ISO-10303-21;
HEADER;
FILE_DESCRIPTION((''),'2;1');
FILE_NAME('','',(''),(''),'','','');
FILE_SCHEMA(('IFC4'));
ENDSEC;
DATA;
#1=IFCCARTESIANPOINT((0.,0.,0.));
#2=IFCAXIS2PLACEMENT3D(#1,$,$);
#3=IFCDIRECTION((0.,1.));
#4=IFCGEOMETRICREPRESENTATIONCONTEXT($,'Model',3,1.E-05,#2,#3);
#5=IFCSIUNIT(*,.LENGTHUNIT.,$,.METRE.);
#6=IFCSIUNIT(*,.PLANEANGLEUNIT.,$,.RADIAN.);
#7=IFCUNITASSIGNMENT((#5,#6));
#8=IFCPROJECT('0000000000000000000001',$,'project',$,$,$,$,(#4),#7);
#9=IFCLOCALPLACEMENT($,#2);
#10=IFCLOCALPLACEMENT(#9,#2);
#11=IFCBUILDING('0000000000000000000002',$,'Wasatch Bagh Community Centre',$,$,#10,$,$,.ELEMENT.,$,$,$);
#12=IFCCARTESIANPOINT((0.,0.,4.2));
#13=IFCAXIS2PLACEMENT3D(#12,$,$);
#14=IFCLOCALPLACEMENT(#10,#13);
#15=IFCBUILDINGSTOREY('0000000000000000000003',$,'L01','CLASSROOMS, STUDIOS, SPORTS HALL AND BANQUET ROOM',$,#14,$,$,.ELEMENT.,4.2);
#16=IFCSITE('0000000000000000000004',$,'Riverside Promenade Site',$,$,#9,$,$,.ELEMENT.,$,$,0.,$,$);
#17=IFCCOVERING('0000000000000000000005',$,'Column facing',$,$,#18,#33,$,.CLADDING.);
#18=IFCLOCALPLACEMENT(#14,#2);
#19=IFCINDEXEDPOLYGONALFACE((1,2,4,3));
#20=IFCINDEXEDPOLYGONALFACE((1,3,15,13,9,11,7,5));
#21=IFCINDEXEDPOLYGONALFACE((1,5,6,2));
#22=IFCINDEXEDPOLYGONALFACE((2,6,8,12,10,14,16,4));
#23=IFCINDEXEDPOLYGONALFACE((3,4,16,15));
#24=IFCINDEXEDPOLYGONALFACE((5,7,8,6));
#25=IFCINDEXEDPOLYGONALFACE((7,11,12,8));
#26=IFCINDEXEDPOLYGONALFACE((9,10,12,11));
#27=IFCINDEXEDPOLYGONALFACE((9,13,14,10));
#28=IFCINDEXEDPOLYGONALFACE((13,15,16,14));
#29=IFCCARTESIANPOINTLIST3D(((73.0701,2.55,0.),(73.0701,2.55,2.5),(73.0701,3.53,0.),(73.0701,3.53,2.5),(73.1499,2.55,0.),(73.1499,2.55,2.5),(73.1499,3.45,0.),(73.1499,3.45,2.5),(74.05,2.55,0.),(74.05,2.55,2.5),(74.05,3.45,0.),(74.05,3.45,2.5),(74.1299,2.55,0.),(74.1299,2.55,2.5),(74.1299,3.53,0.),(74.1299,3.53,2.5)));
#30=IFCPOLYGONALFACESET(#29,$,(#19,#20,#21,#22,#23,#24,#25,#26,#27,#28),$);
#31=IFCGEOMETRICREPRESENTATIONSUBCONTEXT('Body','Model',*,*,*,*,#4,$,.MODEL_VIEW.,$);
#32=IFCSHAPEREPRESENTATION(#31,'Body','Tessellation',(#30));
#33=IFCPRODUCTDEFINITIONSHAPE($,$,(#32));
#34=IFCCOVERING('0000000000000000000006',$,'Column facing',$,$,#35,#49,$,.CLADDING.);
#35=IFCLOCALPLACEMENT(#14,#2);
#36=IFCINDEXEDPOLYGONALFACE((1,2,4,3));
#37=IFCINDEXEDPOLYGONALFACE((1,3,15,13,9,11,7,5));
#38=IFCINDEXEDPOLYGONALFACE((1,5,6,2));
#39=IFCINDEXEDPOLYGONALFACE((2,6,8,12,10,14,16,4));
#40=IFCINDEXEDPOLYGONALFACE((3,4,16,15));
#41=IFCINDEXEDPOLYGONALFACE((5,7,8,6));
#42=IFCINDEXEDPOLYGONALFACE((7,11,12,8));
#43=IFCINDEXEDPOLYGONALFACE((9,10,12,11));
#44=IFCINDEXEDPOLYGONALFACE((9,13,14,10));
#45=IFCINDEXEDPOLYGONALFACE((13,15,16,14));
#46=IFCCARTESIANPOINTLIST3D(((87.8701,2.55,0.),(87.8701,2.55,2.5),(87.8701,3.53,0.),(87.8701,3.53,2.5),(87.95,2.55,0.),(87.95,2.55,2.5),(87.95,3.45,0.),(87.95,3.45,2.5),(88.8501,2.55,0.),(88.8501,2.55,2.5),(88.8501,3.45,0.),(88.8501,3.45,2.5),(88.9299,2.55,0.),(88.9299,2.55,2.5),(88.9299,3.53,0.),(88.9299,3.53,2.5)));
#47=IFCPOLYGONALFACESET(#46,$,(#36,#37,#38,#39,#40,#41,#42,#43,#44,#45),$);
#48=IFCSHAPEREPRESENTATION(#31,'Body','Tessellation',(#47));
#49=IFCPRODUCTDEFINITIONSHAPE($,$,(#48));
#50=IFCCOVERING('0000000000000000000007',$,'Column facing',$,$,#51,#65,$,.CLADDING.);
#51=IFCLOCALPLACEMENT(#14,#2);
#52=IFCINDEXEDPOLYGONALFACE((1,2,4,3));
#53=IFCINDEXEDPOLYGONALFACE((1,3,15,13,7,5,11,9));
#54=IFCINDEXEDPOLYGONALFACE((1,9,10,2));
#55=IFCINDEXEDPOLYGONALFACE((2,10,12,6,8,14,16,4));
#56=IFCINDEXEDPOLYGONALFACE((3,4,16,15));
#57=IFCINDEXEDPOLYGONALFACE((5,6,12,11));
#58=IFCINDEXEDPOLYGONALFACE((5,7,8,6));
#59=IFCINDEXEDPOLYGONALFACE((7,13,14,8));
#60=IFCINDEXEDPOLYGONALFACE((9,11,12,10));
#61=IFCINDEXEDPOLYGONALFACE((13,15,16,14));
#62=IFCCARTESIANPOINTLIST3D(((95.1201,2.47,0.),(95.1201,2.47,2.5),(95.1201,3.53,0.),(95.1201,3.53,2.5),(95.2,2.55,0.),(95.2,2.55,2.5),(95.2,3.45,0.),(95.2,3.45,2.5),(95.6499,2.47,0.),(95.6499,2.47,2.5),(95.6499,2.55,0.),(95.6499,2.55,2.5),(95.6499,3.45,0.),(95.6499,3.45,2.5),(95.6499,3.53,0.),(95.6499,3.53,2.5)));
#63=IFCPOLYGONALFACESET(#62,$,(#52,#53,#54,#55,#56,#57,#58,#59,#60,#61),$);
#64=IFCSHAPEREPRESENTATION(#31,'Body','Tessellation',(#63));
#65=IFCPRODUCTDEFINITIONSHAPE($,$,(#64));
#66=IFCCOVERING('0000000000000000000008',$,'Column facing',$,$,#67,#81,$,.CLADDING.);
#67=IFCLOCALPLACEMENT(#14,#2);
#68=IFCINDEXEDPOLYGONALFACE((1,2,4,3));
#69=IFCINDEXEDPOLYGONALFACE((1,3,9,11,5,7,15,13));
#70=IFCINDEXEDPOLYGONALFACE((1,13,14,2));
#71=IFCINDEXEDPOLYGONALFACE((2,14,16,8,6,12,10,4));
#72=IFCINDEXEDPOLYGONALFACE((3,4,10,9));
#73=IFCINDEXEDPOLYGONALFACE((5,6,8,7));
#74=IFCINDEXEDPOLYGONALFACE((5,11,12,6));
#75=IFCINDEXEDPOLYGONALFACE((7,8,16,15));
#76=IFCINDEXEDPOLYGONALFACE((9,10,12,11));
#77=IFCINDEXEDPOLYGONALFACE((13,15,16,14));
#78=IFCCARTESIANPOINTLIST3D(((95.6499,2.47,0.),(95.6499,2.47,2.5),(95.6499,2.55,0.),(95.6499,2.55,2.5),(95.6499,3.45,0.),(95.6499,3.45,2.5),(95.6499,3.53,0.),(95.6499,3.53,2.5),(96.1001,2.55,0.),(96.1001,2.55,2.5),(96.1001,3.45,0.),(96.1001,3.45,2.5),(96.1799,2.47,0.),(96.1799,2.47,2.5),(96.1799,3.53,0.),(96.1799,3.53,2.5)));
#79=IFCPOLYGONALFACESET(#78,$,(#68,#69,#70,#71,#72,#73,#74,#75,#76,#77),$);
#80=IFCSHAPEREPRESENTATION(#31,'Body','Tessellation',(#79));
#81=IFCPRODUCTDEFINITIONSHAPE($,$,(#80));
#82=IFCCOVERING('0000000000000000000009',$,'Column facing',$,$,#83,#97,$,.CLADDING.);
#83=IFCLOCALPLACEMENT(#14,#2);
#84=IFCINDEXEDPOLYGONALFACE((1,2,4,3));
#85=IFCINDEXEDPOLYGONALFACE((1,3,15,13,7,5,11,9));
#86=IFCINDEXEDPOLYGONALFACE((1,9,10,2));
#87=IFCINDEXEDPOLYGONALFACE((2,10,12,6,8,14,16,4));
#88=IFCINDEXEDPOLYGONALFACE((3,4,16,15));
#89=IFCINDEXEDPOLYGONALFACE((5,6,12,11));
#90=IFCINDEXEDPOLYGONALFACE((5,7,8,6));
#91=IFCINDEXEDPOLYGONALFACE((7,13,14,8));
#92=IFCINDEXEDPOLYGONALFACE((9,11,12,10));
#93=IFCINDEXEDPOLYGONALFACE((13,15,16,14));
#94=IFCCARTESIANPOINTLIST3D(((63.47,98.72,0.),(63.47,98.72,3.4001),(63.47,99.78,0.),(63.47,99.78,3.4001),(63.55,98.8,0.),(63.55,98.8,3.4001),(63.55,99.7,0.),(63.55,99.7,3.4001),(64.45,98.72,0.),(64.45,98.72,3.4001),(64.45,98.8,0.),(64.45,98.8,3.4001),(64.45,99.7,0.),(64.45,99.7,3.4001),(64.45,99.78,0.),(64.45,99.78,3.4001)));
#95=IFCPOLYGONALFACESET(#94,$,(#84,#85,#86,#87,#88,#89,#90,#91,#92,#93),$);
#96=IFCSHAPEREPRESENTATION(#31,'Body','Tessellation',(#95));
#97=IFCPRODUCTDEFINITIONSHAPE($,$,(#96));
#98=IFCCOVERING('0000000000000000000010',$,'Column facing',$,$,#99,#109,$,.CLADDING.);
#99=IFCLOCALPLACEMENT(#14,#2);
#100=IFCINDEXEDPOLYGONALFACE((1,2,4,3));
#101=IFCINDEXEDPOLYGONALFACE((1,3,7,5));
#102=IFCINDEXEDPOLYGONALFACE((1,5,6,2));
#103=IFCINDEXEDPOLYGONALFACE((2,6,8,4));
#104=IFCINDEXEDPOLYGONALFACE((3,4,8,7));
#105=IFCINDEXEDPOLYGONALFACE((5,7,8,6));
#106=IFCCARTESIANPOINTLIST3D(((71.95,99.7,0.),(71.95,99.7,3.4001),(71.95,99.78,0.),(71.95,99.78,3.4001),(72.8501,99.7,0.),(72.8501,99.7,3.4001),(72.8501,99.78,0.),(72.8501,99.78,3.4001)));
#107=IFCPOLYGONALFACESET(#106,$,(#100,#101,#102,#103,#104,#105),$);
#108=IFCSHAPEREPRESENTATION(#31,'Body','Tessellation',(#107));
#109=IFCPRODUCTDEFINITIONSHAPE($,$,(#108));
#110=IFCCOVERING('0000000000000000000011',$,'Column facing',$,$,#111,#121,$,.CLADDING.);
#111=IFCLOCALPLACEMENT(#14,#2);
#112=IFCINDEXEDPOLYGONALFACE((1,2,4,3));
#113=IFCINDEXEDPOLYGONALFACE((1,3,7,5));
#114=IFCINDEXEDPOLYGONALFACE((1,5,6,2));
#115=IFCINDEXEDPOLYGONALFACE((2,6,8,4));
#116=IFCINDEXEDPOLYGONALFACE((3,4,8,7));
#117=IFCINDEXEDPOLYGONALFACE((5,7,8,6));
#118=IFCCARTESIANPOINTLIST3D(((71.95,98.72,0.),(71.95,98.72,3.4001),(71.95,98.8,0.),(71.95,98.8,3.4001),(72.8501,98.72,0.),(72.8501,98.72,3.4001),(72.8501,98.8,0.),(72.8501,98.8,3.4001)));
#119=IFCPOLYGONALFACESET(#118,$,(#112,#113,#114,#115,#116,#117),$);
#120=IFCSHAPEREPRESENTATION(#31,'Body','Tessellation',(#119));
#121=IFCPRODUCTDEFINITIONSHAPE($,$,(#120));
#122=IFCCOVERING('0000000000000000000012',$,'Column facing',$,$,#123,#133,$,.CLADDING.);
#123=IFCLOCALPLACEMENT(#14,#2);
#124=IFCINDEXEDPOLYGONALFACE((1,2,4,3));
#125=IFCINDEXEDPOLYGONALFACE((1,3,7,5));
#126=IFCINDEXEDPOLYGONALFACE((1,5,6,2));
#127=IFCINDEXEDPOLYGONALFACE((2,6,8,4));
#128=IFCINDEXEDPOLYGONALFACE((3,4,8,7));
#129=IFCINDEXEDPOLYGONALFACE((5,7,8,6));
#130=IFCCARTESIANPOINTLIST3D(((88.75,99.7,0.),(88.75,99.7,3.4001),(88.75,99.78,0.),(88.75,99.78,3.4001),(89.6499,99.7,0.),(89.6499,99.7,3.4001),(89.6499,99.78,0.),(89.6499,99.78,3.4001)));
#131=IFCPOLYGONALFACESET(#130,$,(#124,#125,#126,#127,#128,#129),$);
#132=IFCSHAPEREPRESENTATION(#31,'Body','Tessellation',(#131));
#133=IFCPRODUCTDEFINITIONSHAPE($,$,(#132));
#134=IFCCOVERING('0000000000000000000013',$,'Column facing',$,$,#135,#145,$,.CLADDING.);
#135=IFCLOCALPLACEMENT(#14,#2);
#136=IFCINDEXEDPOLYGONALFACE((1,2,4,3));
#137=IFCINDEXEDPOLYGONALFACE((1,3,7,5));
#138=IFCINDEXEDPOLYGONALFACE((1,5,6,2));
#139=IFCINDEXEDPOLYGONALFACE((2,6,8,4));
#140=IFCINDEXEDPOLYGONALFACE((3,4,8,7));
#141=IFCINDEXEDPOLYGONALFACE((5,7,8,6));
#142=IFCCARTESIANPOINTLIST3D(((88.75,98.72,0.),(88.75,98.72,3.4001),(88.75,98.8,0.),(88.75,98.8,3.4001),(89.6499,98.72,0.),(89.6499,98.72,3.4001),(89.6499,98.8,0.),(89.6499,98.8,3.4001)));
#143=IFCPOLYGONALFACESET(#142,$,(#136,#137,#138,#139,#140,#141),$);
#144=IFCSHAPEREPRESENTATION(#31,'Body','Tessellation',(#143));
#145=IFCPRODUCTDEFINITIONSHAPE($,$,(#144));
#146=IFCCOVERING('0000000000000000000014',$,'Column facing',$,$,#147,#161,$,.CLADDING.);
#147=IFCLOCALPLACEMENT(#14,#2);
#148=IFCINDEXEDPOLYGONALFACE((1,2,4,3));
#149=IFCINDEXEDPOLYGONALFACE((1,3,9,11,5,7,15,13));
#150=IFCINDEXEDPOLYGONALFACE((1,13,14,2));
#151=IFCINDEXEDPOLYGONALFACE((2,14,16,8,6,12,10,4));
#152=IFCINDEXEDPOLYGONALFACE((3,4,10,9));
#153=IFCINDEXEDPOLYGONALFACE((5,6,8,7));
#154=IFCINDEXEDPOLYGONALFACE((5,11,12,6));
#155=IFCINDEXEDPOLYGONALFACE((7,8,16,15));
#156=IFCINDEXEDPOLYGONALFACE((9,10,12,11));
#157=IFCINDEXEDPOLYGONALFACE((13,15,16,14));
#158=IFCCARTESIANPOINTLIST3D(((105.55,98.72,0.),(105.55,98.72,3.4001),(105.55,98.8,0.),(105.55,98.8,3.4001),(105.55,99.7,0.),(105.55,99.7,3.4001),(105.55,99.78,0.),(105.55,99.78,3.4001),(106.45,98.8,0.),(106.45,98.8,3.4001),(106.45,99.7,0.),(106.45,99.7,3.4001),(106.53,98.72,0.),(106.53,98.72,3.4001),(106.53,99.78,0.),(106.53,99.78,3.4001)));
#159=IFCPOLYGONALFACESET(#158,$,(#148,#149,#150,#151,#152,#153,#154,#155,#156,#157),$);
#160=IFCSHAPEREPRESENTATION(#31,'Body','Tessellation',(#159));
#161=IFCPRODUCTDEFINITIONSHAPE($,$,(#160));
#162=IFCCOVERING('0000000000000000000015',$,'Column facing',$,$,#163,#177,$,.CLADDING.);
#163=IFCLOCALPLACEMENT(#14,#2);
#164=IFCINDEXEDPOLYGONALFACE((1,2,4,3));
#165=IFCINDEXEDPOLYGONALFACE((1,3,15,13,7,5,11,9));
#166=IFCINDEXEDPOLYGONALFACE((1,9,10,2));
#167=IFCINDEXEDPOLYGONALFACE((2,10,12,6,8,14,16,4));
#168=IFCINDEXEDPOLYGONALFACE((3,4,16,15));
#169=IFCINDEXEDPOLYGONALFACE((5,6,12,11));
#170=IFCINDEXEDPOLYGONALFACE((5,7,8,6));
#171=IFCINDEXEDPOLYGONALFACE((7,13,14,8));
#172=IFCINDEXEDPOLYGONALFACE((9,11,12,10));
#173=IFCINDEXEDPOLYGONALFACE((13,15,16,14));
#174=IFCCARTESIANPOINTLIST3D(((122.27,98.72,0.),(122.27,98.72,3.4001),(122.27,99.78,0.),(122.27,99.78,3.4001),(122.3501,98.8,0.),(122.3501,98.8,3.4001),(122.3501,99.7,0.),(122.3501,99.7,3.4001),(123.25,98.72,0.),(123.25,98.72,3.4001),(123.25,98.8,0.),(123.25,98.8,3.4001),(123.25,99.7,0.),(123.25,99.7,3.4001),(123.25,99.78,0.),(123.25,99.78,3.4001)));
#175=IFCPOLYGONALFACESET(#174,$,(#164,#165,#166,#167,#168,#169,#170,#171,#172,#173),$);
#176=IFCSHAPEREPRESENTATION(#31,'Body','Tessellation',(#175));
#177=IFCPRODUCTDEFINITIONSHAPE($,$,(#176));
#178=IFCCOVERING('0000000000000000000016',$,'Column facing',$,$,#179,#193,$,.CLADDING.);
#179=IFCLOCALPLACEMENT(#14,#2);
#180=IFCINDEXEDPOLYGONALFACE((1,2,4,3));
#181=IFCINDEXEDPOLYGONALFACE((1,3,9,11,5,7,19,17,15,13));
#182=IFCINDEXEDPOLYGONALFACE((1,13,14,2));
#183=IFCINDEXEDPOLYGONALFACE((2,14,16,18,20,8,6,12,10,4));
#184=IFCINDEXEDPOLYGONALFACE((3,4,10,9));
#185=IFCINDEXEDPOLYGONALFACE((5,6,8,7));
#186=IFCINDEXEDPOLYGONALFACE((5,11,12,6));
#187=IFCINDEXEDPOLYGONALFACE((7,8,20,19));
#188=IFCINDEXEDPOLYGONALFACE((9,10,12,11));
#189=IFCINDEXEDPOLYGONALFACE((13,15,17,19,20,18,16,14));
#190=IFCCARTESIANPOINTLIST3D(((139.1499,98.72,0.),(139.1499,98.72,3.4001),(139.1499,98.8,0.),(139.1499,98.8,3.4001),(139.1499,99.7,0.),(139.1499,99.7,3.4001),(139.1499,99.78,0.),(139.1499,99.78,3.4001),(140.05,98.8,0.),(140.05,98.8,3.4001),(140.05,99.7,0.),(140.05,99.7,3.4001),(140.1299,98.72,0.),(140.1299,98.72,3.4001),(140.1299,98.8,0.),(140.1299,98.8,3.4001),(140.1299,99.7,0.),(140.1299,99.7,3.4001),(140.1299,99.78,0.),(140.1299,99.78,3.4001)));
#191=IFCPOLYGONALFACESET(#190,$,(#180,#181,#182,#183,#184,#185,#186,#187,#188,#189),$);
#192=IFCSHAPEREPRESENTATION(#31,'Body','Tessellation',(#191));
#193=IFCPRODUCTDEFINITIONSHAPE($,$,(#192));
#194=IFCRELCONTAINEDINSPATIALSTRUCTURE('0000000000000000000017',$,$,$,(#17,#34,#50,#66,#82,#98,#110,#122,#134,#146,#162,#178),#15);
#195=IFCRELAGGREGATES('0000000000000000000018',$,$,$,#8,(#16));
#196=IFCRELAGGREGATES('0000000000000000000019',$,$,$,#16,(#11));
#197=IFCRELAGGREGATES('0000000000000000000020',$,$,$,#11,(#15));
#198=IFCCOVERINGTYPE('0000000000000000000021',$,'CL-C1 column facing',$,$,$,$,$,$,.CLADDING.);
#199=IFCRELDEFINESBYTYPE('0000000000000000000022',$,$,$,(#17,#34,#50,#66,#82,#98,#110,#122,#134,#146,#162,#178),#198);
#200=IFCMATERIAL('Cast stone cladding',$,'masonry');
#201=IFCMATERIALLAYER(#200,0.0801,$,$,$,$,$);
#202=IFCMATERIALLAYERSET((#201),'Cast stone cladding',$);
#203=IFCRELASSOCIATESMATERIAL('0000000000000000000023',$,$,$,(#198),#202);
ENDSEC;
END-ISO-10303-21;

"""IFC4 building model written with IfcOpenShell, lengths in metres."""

from ifc_helpers import new_model, si_unit, direction, frame, origin, place, context, subcontext, project, spatial, polyline, outline, extrude, material, layer, layer_set, type_object, element, save


model = new_model("IFC4")

# Units and contexts
model_context = context("Model", 3, precision=1e-05, world=origin(), true_north=direction((0.0, 1.0)))
body_context = subcontext(model_context, "Body", "Model", "MODEL_VIEW")
ifc_project = project(units=[si_unit("LENGTHUNIT", "METRE"), si_unit("PLANEANGLEUNIT", "RADIAN")], contexts=[model_context])

# Site, building, storey
site_placement = place(None, origin())
site = spatial("IfcSite", under=ifc_project, at=site_placement, Name="Riverside Promenade Site", CompositionType="ELEMENT", RefElevation=0.0)
building_placement = place(site_placement, origin())
building = spatial("IfcBuilding", under=site, at=building_placement, Name="Wasatch Bagh Community Centre", CompositionType="ELEMENT")
storey_placement = place(building_placement, frame((0.0, 0.0, 4.2)))
storey = spatial("IfcBuildingStorey", under=building, at=storey_placement, Name="L01", Description="CLASSROOMS, STUDIOS, SPORTS HALL AND BANQUET ROOM", CompositionType="ELEMENT", Elevation=4.2)

# Coverings
ifc_material_1 = material(Name="Cast stone cladding", Category="masonry")
ifc_layer_1 = layer(ifc_material_1, 0.0801)
ifc_layer_set_1 = layer_set([ifc_layer_1], Name="Cast stone cladding")
covering_type = type_object("IfcCoveringType", Name="CL-C1 column facing", PredefinedType="CLADDING", material=ifc_layer_set_1)
covering_1_placement = place(storey_placement, origin())
element("IfcCovering", 1, at=covering_1_placement, inside=storey, type_object=covering_type, Name="Column facing", PredefinedType="CLADDING", context=body_context, shape_type="SweptSolid", body=[
    extrude(outline(polyline([(73.0701, 2.55), (73.0701, 3.53), (74.1299, 3.53), (74.1299, 2.55), (74.05, 2.55), (74.05, 3.45), (73.1499, 3.45), (73.1499, 2.55), (73.0701, 2.55)])), origin(), (0.0, 0.0, 1.0), 2.5),
])
covering_2_placement = place(storey_placement, origin())
element("IfcCovering", 2, at=covering_2_placement, inside=storey, type_object=covering_type, Name="Column facing", PredefinedType="CLADDING", context=body_context, shape_type="SweptSolid", body=[
    extrude(outline(polyline([(87.8701, 2.55), (87.8701, 3.53), (88.9299, 3.53), (88.9299, 2.55), (88.8501, 2.55), (88.8501, 3.45), (87.95, 3.45), (87.95, 2.55), (87.8701, 2.55)])), origin(), (0.0, 0.0, 1.0), 2.5),
])
covering_3_placement = place(storey_placement, origin())
element("IfcCovering", 3, at=covering_3_placement, inside=storey, type_object=covering_type, Name="Column facing", PredefinedType="CLADDING", context=body_context, shape_type="SweptSolid", body=[
    extrude(outline(polyline([(95.6499, 3.53), (95.6499, 3.45), (95.2, 3.45), (95.2, 2.55), (95.6499, 2.55), (95.6499, 2.47), (95.1201, 2.47), (95.1201, 3.53), (95.6499, 3.53)])), origin(), (0.0, 0.0, 1.0), 2.5),
])
covering_4_placement = place(storey_placement, origin())
element("IfcCovering", 4, at=covering_4_placement, inside=storey, type_object=covering_type, Name="Column facing", PredefinedType="CLADDING", context=body_context, shape_type="SweptSolid", body=[
    extrude(outline(polyline([(96.1799, 3.53), (96.1799, 2.47), (95.6499, 2.47), (95.6499, 2.55), (96.1001, 2.55), (96.1001, 3.45), (95.6499, 3.45), (95.6499, 3.53), (96.1799, 3.53)])), origin(), (0.0, 0.0, 1.0), 2.5),
])
covering_5_placement = place(storey_placement, origin())
element("IfcCovering", 5, at=covering_5_placement, inside=storey, type_object=covering_type, Name="Column facing", PredefinedType="CLADDING", context=body_context, shape_type="SweptSolid", body=[
    extrude(outline(polyline([(63.47, 98.72), (63.47, 99.78), (64.45, 99.78), (64.45, 99.7), (63.55, 99.7), (63.55, 98.8), (64.45, 98.8), (64.45, 98.72), (63.47, 98.72)])), origin(), (0.0, 0.0, 1.0), 3.4001),
])
covering_6_placement = place(storey_placement, origin())
element("IfcCovering", 6, at=covering_6_placement, inside=storey, type_object=covering_type, Name="Column facing", PredefinedType="CLADDING", context=body_context, shape_type="SweptSolid", body=[
    extrude(outline(polyline([(71.95, 99.7), (71.95, 99.78), (72.8501, 99.78), (72.8501, 99.7), (71.95, 99.7)])), origin(), (0.0, 0.0, 1.0), 3.4001),
])
covering_7_placement = place(storey_placement, origin())
element("IfcCovering", 7, at=covering_7_placement, inside=storey, type_object=covering_type, Name="Column facing", PredefinedType="CLADDING", context=body_context, shape_type="SweptSolid", body=[
    extrude(outline(polyline([(72.8501, 98.8), (72.8501, 98.72), (71.95, 98.72), (71.95, 98.8), (72.8501, 98.8)])), origin(), (0.0, 0.0, 1.0), 3.4001),
])
covering_8_placement = place(storey_placement, origin())
element("IfcCovering", 8, at=covering_8_placement, inside=storey, type_object=covering_type, Name="Column facing", PredefinedType="CLADDING", context=body_context, shape_type="SweptSolid", body=[
    extrude(outline(polyline([(88.75, 99.7), (88.75, 99.78), (89.6499, 99.78), (89.6499, 99.7), (88.75, 99.7)])), origin(), (0.0, 0.0, 1.0), 3.4001),
])
covering_9_placement = place(storey_placement, origin())
element("IfcCovering", 9, at=covering_9_placement, inside=storey, type_object=covering_type, Name="Column facing", PredefinedType="CLADDING", context=body_context, shape_type="SweptSolid", body=[
    extrude(outline(polyline([(89.6499, 98.8), (89.6499, 98.72), (88.75, 98.72), (88.75, 98.8), (89.6499, 98.8)])), origin(), (0.0, 0.0, 1.0), 3.4001),
])
covering_10_placement = place(storey_placement, origin())
element("IfcCovering", 10, at=covering_10_placement, inside=storey, type_object=covering_type, Name="Column facing", PredefinedType="CLADDING", context=body_context, shape_type="SweptSolid", body=[
    extrude(outline(polyline([(106.53, 98.72), (105.55, 98.72), (105.55, 98.8), (106.45, 98.8), (106.45, 99.7), (105.55, 99.7), (105.55, 99.78), (106.53, 99.78), (106.53, 98.72)])), origin(), (0.0, 0.0, 1.0), 3.4001),
])
covering_11_placement = place(storey_placement, origin())
element("IfcCovering", 11, at=covering_11_placement, inside=storey, type_object=covering_type, Name="Column facing", PredefinedType="CLADDING", context=body_context, shape_type="SweptSolid", body=[
    extrude(outline(polyline([(122.27, 98.72), (122.27, 99.78), (123.25, 99.78), (123.25, 99.7), (122.3501, 99.7), (122.3501, 98.8), (123.25, 98.8), (123.25, 98.72), (122.27, 98.72)])), origin(), (0.0, 0.0, 1.0), 3.4001),
])
covering_12_placement = place(storey_placement, origin())
element("IfcCovering", 12, at=covering_12_placement, inside=storey, type_object=covering_type, Name="Column facing", PredefinedType="CLADDING", context=body_context, shape_type="SweptSolid", body=[
    extrude(outline(polyline([(140.1299, 98.8), (140.1299, 98.72), (139.1499, 98.72), (139.1499, 98.8), (140.05, 98.8), (140.05, 99.7), (139.1499, 99.7), (139.1499, 99.78), (140.1299, 99.78), (140.1299, 99.7), (140.1299, 98.8)])), origin(), (0.0, 0.0, 1.0), 3.4001),
])

save(model, "model.ifc")
